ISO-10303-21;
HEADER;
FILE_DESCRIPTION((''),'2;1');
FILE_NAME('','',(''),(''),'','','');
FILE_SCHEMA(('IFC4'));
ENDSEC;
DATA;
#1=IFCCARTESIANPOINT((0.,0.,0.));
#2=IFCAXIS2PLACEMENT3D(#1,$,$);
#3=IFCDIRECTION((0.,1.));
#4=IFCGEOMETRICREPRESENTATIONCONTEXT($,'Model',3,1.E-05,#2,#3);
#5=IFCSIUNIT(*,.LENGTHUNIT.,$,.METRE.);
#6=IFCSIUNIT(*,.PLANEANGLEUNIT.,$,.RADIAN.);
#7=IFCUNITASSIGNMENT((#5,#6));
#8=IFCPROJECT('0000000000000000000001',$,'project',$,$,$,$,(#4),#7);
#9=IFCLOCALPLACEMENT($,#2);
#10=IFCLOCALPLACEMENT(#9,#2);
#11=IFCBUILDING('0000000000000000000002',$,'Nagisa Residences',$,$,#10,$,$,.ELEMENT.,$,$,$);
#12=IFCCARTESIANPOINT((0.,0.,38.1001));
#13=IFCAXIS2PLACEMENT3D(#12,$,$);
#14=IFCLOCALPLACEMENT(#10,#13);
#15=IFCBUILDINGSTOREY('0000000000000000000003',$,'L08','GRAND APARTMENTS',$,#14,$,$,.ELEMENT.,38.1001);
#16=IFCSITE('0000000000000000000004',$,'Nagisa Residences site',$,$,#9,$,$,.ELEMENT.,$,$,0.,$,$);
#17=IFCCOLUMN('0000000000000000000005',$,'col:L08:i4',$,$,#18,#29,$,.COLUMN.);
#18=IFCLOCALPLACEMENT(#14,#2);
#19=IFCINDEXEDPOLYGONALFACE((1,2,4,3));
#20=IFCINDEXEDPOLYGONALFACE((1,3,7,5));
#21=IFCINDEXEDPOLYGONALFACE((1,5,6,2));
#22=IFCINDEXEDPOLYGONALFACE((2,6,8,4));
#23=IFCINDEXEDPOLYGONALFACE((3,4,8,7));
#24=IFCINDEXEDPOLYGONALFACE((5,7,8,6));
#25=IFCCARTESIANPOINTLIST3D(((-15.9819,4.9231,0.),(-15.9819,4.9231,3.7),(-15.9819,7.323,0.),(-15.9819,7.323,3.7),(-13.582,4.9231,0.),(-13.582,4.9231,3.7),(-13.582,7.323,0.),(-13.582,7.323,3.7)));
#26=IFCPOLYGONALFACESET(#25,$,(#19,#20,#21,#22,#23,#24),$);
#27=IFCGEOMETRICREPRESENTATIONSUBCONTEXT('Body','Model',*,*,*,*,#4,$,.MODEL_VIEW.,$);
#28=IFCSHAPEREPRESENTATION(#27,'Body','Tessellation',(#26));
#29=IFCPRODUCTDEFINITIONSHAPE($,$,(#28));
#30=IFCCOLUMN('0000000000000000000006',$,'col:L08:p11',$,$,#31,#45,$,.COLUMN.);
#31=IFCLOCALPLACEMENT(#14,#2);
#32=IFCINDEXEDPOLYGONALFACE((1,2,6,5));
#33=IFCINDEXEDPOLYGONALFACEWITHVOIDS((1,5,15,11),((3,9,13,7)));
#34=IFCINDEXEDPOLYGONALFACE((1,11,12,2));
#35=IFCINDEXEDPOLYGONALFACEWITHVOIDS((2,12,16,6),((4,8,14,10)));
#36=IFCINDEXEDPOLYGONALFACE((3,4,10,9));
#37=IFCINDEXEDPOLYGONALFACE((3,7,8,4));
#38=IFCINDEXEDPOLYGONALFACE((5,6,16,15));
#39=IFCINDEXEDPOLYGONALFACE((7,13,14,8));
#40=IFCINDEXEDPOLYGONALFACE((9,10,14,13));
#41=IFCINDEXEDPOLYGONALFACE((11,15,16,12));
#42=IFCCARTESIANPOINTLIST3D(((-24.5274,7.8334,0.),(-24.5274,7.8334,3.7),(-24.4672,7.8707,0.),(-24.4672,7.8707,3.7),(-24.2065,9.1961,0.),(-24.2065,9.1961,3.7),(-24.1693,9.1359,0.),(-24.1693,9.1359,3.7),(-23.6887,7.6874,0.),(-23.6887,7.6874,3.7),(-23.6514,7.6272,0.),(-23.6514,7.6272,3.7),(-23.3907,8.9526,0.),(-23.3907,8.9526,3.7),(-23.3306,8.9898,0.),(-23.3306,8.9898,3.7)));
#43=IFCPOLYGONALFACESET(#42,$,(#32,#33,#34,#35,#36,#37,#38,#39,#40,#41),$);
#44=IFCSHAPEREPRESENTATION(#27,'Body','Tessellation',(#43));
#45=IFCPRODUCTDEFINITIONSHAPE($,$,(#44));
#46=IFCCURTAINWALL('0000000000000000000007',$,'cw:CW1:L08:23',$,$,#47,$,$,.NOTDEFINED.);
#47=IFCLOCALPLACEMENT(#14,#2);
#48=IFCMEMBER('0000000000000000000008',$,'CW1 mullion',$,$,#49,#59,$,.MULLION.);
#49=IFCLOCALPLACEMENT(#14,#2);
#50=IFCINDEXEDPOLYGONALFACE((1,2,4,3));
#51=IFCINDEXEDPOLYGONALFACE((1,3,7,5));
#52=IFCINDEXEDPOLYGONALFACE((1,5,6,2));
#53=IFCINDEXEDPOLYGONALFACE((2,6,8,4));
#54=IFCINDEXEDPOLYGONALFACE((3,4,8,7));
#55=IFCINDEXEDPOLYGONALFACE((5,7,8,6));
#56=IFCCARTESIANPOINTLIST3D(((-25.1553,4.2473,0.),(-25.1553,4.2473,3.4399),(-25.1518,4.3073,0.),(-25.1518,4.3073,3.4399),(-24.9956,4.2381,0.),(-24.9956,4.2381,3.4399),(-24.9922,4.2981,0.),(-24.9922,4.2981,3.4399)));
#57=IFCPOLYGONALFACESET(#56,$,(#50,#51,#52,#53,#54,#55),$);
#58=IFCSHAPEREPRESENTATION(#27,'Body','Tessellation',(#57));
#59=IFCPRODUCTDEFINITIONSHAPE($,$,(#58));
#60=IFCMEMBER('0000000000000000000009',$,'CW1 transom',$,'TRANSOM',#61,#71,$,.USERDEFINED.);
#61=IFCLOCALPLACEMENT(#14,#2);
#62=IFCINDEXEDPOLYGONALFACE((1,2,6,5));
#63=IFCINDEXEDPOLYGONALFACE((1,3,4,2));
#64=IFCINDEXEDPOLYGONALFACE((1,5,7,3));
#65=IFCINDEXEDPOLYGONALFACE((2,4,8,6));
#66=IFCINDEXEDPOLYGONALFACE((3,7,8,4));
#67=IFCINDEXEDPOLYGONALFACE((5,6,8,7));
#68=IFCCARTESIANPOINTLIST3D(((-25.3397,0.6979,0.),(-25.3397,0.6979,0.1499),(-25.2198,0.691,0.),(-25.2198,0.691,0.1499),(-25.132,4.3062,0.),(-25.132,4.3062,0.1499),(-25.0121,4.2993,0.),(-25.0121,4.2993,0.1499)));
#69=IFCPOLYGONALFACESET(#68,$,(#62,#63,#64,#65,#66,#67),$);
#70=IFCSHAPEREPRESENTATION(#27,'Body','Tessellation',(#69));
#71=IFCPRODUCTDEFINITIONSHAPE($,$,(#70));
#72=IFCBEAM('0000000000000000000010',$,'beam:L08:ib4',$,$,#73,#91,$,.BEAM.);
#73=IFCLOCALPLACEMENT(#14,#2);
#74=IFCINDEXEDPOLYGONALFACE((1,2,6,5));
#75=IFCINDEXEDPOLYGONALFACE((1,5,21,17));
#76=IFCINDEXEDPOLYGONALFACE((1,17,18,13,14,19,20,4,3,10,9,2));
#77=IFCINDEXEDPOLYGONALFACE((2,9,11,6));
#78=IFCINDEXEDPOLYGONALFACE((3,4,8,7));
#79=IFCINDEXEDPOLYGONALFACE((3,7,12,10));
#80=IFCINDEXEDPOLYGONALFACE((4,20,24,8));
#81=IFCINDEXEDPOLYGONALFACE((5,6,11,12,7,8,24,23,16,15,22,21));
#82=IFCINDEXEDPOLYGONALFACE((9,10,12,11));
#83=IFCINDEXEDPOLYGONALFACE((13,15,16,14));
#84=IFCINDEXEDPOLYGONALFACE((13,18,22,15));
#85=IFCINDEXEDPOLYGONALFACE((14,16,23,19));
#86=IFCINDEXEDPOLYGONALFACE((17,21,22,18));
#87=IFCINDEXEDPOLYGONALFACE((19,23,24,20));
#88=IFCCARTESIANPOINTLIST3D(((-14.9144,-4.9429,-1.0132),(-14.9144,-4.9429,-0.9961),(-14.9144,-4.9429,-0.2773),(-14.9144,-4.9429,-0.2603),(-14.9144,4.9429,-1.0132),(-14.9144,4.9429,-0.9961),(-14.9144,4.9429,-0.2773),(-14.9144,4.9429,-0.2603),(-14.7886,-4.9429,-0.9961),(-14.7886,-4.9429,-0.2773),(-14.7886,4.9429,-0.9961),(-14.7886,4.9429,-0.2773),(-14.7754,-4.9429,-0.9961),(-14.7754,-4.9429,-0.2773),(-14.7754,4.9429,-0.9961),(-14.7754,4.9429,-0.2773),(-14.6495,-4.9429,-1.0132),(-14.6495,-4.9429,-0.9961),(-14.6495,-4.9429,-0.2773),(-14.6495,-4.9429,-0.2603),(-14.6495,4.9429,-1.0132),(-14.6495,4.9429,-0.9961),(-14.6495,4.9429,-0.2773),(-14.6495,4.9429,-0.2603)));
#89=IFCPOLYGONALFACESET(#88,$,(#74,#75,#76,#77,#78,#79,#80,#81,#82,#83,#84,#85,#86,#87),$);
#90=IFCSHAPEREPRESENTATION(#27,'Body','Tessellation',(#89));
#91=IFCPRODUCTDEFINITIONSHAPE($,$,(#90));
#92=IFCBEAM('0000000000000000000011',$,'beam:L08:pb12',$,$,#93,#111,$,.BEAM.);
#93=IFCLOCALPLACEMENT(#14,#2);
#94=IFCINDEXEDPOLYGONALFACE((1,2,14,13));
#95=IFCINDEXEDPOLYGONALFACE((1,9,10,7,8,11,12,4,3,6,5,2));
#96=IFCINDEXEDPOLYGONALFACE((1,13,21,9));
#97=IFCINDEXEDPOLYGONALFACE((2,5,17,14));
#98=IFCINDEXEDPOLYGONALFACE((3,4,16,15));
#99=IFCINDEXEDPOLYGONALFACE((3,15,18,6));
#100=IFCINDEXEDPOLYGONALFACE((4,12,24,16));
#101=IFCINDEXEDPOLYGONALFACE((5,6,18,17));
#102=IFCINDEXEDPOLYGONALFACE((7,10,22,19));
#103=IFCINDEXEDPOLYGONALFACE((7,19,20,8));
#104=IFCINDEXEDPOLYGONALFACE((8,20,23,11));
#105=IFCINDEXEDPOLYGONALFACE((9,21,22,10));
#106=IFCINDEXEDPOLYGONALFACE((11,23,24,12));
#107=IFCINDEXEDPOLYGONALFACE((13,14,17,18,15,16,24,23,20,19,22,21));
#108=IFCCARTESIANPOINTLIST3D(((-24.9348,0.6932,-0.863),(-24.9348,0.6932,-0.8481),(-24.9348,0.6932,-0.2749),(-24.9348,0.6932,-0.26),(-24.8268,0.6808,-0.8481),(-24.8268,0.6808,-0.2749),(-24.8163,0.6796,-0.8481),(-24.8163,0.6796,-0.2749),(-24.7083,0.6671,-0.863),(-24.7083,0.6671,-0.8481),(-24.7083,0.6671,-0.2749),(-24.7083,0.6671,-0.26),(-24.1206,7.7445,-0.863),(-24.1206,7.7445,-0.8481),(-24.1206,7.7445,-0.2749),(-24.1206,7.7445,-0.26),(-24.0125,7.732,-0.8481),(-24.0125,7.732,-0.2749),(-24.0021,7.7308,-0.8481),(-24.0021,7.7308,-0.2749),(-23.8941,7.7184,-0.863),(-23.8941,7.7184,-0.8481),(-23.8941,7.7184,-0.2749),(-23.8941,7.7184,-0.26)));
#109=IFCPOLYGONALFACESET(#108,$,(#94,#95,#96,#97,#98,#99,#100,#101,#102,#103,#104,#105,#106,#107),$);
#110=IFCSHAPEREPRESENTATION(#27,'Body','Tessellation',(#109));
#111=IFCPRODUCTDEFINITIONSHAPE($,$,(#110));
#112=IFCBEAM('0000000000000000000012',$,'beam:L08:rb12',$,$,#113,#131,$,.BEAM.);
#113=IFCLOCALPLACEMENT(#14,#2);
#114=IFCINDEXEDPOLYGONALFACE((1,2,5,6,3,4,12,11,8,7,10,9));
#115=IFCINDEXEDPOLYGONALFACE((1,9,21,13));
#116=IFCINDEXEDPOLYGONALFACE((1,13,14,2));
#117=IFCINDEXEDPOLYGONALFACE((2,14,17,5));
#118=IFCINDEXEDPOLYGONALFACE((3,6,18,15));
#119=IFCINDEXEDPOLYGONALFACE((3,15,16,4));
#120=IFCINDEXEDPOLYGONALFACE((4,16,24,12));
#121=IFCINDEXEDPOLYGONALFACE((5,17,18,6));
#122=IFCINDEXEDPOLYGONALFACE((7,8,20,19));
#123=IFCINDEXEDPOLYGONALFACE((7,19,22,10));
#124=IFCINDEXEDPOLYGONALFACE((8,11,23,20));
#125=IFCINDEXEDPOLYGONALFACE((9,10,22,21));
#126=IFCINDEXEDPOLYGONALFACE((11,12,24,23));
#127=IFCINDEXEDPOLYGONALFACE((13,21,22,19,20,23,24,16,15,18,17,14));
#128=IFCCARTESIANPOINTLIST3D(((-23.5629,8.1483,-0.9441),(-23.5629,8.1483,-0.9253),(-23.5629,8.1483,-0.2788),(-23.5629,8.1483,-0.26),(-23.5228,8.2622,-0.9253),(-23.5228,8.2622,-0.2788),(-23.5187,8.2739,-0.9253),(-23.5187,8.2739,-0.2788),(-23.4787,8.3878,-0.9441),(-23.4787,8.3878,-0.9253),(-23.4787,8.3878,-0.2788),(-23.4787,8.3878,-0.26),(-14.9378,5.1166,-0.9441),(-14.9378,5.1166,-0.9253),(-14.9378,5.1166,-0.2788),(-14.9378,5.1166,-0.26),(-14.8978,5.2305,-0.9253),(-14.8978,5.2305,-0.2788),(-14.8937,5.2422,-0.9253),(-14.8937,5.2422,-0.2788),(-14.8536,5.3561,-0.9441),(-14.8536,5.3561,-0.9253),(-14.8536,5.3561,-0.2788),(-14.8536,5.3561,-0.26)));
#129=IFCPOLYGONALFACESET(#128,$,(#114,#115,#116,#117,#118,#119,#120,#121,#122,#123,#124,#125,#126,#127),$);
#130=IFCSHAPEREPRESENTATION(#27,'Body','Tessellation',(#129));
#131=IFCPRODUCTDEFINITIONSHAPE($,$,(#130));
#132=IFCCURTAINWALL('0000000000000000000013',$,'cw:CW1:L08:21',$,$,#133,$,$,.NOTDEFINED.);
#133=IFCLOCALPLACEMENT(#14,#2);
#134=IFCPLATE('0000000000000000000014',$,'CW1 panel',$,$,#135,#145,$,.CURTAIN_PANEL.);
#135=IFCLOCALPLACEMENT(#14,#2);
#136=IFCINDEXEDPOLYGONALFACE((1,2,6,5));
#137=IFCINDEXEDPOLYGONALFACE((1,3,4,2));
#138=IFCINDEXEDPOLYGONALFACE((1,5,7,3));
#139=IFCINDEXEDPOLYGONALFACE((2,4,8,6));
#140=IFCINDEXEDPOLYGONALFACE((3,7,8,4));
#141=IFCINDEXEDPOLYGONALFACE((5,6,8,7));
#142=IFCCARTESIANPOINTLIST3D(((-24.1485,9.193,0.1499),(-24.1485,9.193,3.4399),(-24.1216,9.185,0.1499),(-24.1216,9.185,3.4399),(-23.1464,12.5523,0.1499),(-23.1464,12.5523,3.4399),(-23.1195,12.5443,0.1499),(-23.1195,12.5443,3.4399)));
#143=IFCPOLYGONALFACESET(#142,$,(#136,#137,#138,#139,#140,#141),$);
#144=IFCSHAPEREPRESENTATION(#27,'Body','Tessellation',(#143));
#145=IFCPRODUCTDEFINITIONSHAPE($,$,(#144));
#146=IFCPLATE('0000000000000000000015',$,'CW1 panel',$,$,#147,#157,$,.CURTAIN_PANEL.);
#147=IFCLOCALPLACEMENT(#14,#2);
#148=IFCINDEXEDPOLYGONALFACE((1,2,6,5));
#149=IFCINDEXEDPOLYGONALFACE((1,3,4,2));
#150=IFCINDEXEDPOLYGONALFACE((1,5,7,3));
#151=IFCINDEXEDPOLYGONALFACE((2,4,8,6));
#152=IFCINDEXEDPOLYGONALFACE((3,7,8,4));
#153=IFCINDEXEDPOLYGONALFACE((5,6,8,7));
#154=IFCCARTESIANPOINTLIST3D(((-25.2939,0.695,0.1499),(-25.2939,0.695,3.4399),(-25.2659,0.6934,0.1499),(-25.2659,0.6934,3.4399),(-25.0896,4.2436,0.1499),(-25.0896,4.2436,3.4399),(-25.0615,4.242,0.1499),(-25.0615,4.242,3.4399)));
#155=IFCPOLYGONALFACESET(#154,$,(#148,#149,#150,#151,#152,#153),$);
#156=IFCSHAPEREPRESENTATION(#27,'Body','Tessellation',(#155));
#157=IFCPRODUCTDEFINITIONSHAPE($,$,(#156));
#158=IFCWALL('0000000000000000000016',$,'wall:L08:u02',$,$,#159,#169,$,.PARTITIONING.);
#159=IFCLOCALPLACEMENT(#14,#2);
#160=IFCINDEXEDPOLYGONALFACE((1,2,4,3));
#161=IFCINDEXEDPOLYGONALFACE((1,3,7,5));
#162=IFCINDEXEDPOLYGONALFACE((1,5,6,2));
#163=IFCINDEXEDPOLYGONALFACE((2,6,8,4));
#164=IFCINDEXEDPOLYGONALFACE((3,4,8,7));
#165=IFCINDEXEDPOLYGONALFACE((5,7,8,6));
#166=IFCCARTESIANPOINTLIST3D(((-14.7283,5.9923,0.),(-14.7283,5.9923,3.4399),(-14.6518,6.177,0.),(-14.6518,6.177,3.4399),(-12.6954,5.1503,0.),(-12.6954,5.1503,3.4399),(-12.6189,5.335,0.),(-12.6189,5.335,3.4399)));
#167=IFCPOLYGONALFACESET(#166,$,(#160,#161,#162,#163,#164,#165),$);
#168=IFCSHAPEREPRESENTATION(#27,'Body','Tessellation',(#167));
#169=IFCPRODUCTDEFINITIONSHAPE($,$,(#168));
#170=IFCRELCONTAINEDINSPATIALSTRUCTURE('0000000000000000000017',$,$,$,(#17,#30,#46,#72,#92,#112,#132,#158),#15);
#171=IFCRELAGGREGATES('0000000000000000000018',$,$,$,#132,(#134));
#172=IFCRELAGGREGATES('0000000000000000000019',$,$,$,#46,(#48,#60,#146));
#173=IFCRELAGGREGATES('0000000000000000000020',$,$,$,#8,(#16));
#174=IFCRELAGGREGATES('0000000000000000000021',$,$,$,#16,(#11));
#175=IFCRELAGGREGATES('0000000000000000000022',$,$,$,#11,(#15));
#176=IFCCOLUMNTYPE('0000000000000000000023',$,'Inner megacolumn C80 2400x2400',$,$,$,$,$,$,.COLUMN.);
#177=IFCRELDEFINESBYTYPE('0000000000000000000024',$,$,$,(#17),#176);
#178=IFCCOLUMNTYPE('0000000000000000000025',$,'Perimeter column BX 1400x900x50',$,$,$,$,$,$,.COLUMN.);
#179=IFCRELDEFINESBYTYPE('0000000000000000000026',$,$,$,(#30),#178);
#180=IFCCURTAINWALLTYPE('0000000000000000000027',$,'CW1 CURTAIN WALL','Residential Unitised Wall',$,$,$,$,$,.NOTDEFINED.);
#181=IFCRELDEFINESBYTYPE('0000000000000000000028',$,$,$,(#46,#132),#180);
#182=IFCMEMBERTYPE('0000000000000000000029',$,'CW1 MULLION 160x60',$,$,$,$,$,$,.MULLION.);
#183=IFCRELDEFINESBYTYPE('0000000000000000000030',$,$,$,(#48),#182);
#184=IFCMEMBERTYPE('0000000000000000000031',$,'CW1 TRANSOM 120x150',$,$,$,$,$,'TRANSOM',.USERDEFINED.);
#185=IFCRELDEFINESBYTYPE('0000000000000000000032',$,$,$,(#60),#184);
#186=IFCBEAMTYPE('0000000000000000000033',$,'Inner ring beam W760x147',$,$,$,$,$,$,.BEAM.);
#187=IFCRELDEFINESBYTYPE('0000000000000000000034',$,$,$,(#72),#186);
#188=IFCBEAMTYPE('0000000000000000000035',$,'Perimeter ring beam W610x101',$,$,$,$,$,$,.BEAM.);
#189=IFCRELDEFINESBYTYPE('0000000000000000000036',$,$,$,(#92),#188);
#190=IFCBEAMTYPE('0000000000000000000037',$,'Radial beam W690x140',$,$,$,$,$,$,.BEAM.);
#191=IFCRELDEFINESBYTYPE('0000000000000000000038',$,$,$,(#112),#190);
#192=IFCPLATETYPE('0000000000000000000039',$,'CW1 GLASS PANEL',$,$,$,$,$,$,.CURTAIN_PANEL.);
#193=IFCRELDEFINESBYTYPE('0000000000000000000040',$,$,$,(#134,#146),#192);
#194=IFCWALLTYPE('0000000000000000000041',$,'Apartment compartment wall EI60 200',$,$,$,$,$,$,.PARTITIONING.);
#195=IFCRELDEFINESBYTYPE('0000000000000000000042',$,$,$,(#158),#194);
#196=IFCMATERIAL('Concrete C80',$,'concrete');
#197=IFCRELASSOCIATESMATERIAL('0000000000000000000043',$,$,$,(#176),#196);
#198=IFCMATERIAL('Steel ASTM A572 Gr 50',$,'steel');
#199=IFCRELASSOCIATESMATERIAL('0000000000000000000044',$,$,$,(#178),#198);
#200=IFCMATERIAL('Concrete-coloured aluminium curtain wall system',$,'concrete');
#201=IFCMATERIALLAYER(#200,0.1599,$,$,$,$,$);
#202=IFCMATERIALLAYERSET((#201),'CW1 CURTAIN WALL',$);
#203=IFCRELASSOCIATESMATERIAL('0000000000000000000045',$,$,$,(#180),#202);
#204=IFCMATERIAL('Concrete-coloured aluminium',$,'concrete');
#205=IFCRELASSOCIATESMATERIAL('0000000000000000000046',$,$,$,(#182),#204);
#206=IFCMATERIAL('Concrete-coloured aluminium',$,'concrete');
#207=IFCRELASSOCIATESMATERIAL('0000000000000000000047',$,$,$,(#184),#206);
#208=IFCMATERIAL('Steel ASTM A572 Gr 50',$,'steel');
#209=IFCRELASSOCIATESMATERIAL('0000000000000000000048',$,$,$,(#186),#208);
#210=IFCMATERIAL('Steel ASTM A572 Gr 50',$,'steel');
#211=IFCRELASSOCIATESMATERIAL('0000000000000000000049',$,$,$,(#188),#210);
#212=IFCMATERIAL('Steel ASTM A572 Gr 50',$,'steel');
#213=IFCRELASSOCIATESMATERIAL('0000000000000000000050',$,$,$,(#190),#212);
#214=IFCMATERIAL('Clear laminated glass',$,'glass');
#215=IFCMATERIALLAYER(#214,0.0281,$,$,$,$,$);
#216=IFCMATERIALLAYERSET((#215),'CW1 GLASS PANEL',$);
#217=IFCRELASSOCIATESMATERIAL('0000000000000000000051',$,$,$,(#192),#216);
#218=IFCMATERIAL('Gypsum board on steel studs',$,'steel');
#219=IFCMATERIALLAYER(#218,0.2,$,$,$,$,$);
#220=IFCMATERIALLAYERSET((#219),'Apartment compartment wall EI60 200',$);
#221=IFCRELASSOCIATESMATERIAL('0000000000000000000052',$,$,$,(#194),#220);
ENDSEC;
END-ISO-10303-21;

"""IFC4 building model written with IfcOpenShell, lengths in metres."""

from ifc_helpers import new_model, si_unit, direction, frame, frame_2d, origin, origin_2d, place, context, subcontext, project, spatial, rectangle, hollow_rectangle, i_section, extrude, material, layer, layer_set, material_profile, profile_set, type_object, element, aggregate, save


model = new_model("IFC4")

# Units and contexts
model_context = context("Model", 3, precision=1e-05, world=origin(), true_north=direction((0.0, 1.0)))
body_context = subcontext(model_context, "Body", "Model", "MODEL_VIEW")
ifc_project = project(units=[si_unit("LENGTHUNIT", "METRE"), si_unit("PLANEANGLEUNIT", "RADIAN")], contexts=[model_context])

# Site, building, storey
site_placement = place(None, origin())
site = spatial("IfcSite", under=ifc_project, at=site_placement, Name="Nagisa Residences site", CompositionType="ELEMENT", RefElevation=0.0)
building_placement = place(site_placement, origin())
building = spatial("IfcBuilding", under=site, at=building_placement, Name="Nagisa Residences", CompositionType="ELEMENT")
storey_placement = place(building_placement, frame((0.0, 0.0, 38.1001)))
storey = spatial("IfcBuildingStorey", under=building, at=storey_placement, Name="L08", Description="GRAND APARTMENTS", CompositionType="ELEMENT", Elevation=38.1001)

# Columns
ifc_material_1 = material(Name="Concrete C80", Category="concrete")
ifc_material_profile_1 = material_profile(ifc_material_1, rectangle(XDim=2.3999, YDim=2.3999, at=origin_2d()), Name="C80 2400x2400")
ifc_profile_set_1 = profile_set([ifc_material_profile_1], Name="Concrete C80")
column_type_1 = type_object("IfcColumnType", Name="Inner megacolumn C80 2400x2400", PredefinedType="COLUMN", material=ifc_profile_set_1)
column_1_placement = place(storey_placement, frame((-14.782, 6.123, 0.0), z_axis=(0.0, 0.0, 1.0), x_axis=(1.0, 0.0, 0.0)))
element("IfcColumn", 1, at=column_1_placement, inside=storey, type_object=column_type_1, Name="col:L08:i4", PredefinedType="COLUMN", context=body_context, shape_type="SweptSolid", body=[
    extrude(rectangle(XDim=2.3999, YDim=2.3999, at=origin_2d()), origin(), (0.0, 0.0, 1.0), 3.7),
])
ifc_material_2 = material(Name="Steel ASTM A572 Gr 50", Category="steel")
ifc_material_profile_2 = material_profile(ifc_material_2, hollow_rectangle(XDim=1.3999, YDim=0.8999, WallThickness=0.05, at=origin_2d()), Name="BX 1400x900x50")
ifc_profile_set_2 = profile_set([ifc_material_profile_2], Name="Steel ASTM A572 Gr 50")
column_type_2 = type_object("IfcColumnType", Name="Perimeter column BX 1400x900x50", PredefinedType="COLUMN", material=ifc_profile_set_2)
column_2_placement = place(storey_placement, frame((-23.929, 8.4116, 0.0), z_axis=(0.0, 0.0, 1.0), x_axis=(-0.229202, -0.973379, 0.0)))
element("IfcColumn", 2, at=column_2_placement, inside=storey, type_object=column_type_2, Name="col:L08:p11", PredefinedType="COLUMN", context=body_context, shape_type="SweptSolid", body=[
    extrude(hollow_rectangle(XDim=1.3999, YDim=0.8999, WallThickness=0.05, at=origin_2d()), origin(), (0.0, 0.0, 1.0), 3.7),
])

# Curtain wall, members
ifc_material_3 = material(Name="Concrete-coloured aluminium curtain wall system", Category="concrete")
ifc_layer_1 = layer(ifc_material_3, 0.1599)
ifc_layer_set_1 = layer_set([ifc_layer_1], Name="CW1 CURTAIN WALL")
curtain_wall_type = type_object("IfcCurtainWallType", Name="CW1 CURTAIN WALL", Description="Residential Unitised Wall", PredefinedType="NOTDEFINED", material=ifc_layer_set_1)
curtain_wall_1_placement = place(storey_placement, origin())
curtain_wall_1 = element("IfcCurtainWall", 3, at=curtain_wall_1_placement, inside=storey, type_object=curtain_wall_type, Name="cw:CW1:L08:23", PredefinedType="NOTDEFINED")
ifc_material_4 = material(Name="Concrete-coloured aluminium", Category="concrete")
ifc_material_profile_3 = material_profile(ifc_material_4, rectangle(XDim=0.1599, YDim=0.0601, at=origin_2d()), Name="CW1 MULLION 160x60")
ifc_profile_set_3 = profile_set([ifc_material_profile_3], Name="Concrete-coloured aluminium")
member_type_1 = type_object("IfcMemberType", Name="CW1 MULLION 160x60", PredefinedType="MULLION", material=ifc_profile_set_3)
member_1_placement = place(storey_placement, frame((-25.0737, 4.2727, 0.0), z_axis=(0.0, 0.0, 1.0), x_axis=(0.998345, -0.057503, 0.0)))
member_1 = element("IfcMember", 4, at=member_1_placement, type_object=member_type_1, Name="CW1 mullion", PredefinedType="MULLION", context=body_context, shape_type="SweptSolid", body=[
    extrude(rectangle(XDim=0.1599, YDim=0.0601, at=origin_2d()), origin(), (0.0, 0.0, 1.0), 3.4399),
])
ifc_material_5 = material(Name="Concrete-coloured aluminium", Category="concrete")
ifc_material_profile_4 = material_profile(ifc_material_5, rectangle(XDim=0.1201, YDim=0.1499, at=origin_2d()), Name="CW1 TRANSOM 120x150")
ifc_profile_set_4 = profile_set([ifc_material_profile_4], Name="Concrete-coloured aluminium")
member_type_2 = type_object("IfcMemberType", Name="CW1 TRANSOM 120x150", ElementType="TRANSOM", PredefinedType="USERDEFINED", material=ifc_profile_set_4)
member_2_placement = place(storey_placement, frame((-25.072, 4.3027, 0.075), z_axis=(-0.057483, -0.998347, 0.0), x_axis=(0.998347, -0.057483, 0.0)))
member_2 = element("IfcMember", 5, at=member_2_placement, type_object=member_type_2, Name="CW1 transom", ObjectType="TRANSOM", PredefinedType="USERDEFINED", context=body_context, shape_type="SweptSolid", body=[
    extrude(rectangle(XDim=0.1201, YDim=0.1499, at=origin_2d()), origin(), (0.0, 0.0, 1.0), 3.6143),
])

# Beams
ifc_material_6 = material(Name="Steel ASTM A572 Gr 50", Category="steel")
ifc_material_profile_5 = material_profile(ifc_material_6, i_section(OverallWidth=0.2649, OverallDepth=0.7529, WebThickness=0.0132, FlangeThickness=0.0171, at=origin_2d()), Name="W760x147")
ifc_profile_set_5 = profile_set([ifc_material_profile_5], Name="Steel ASTM A572 Gr 50")
beam_type_1 = type_object("IfcBeamType", Name="Inner ring beam W760x147", PredefinedType="BEAM", material=ifc_profile_set_5)
beam_1_placement = place(storey_placement, frame((-14.782, 4.9429, -0.6367), z_axis=(0.0, -1.0, 0.0), x_axis=(1.0, 0.0, 0.0)))
element("IfcBeam", 6, at=beam_1_placement, inside=storey, type_object=beam_type_1, Name="beam:L08:ib4", PredefinedType="BEAM", context=body_context, shape_type="SweptSolid", body=[
    extrude(i_section(OverallWidth=0.2649, OverallDepth=0.7529, WebThickness=0.0132, FlangeThickness=0.0171, at=origin_2d()), origin(), (0.0, 0.0, 1.0), 9.8857),
])
ifc_material_7 = material(Name="Steel ASTM A572 Gr 50", Category="steel")
ifc_material_profile_6 = material_profile(ifc_material_7, i_section(OverallWidth=0.228, OverallDepth=0.603, WebThickness=0.0105, FlangeThickness=0.0149, at=origin_2d()), Name="W610x101")
ifc_profile_set_6 = profile_set([ifc_material_profile_6], Name="Steel ASTM A572 Gr 50")
beam_type_2 = type_object("IfcBeamType", Name="Perimeter ring beam W610x101", PredefinedType="BEAM", material=ifc_profile_set_6)
beam_2_placement = place(storey_placement, frame((-24.0073, 7.7314, -0.5615), z_axis=(-0.114708, -0.993399, 0.0), x_axis=(0.993399, -0.114708, 0.0)))
element("IfcBeam", 7, at=beam_2_placement, inside=storey, type_object=beam_type_2, Name="beam:L08:pb12", PredefinedType="BEAM", context=body_context, shape_type="SweptSolid", body=[
    extrude(i_section(OverallWidth=0.228, OverallDepth=0.603, WebThickness=0.0105, FlangeThickness=0.0149, at=origin_2d()), origin(), (0.0, 0.0, 1.0), 7.0981),
])
ifc_material_8 = material(Name="Steel ASTM A572 Gr 50", Category="steel")
ifc_material_profile_7 = material_profile(ifc_material_8, i_section(OverallWidth=0.2539, OverallDepth=0.6841, WebThickness=0.0125, FlangeThickness=0.0188, at=origin_2d()), Name="W690x140")
ifc_profile_set_7 = profile_set([ifc_material_profile_7], Name="Steel ASTM A572 Gr 50")
beam_type_3 = type_object("IfcBeamType", Name="Radial beam W690x140", PredefinedType="BEAM", material=ifc_profile_set_7)
beam_3_placement = place(storey_placement, frame((-23.5208, 8.2681, -0.6021), z_axis=(0.943415, -0.331616, 0.0), x_axis=(0.331616, 0.943415, 0.0)))
element("IfcBeam", 8, at=beam_3_placement, inside=storey, type_object=beam_type_3, Name="beam:L08:rb12", PredefinedType="BEAM", context=body_context, shape_type="SweptSolid", body=[
    extrude(i_section(OverallWidth=0.2539, OverallDepth=0.6841, WebThickness=0.0125, FlangeThickness=0.0188, at=origin_2d()), origin(), (0.0, 0.0, 1.0), 9.1423),
])

# Curtain wall, plate
curtain_wall_2_placement = place(storey_placement, origin())
curtain_wall_2 = element("IfcCurtainWall", 9, at=curtain_wall_2_placement, inside=storey, type_object=curtain_wall_type, Name="cw:CW1:L08:21", PredefinedType="NOTDEFINED")
ifc_material_9 = material(Name="Clear laminated glass", Category="glass")
ifc_layer_2 = layer(ifc_material_9, 0.0281)
ifc_layer_set_2 = layer_set([ifc_layer_2], Name="CW1 GLASS PANEL")
plate_type = type_object("IfcPlateType", Name="CW1 GLASS PANEL", PredefinedType="CURTAIN_PANEL", material=ifc_layer_set_2)
plate_1_placement = place(storey_placement, frame((-23.634, 10.8687, 0.1499), z_axis=(0.0, 0.0, 1.0), x_axis=(-0.28586, -0.958271, 0.0)))
plate_1 = element("IfcPlate", 10, at=plate_1_placement, type_object=plate_type, Name="CW1 panel", PredefinedType="CURTAIN_PANEL", context=body_context, shape_type="SweptSolid", body=[
    extrude(rectangle(XDim=3.5056, YDim=0.0281, at=origin_2d()), origin(), (0.0, 0.0, 1.0), 3.29),
])
aggregate(curtain_wall_2, [plate_1])

# Plate
plate_2_placement = place(storey_placement, frame((-25.1777, 2.4685, 0.1499), z_axis=(0.0, 0.0, 1.0), x_axis=(-0.057503, -0.998345, 0.0)))
plate_2 = element("IfcPlate", 11, at=plate_2_placement, type_object=plate_type, Name="CW1 panel", PredefinedType="CURTAIN_PANEL", context=body_context, shape_type="SweptSolid", body=[
    extrude(rectangle(XDim=3.5544, YDim=0.0281, at=origin_2d()), origin(), (0.0, 0.0, 1.0), 3.29),
])
aggregate(curtain_wall_1, [member_1, member_2, plate_2])

# Wall
ifc_material_10 = material(Name="Gypsum board on steel studs", Category="steel")
ifc_layer_3 = layer(ifc_material_10, 0.2)
ifc_layer_set_3 = layer_set([ifc_layer_3], Name="Apartment compartment wall EI60 200")
wall_type_1 = type_object("IfcWallType", Name="Apartment compartment wall EI60 200", PredefinedType="PARTITIONING", material=ifc_layer_set_3)
wall_1_placement = place(storey_placement, frame((-12.6572, 5.2427, 0.0), z_axis=(0.0, 0.0, 1.0), x_axis=(-0.923886, 0.382669, 0.0)))
element("IfcWall", 12, at=wall_1_placement, inside=storey, type_object=wall_type_1, Name="wall:L08:u02", PredefinedType="PARTITIONING", context=body_context, shape_type="SweptSolid", body=[
    extrude(rectangle(XDim=2.2004, YDim=0.2, at=frame_2d((1.1001, 0.0))), origin(), (0.0, 0.0, 1.0), 3.4399),
])

save(model, "model.ifc")
